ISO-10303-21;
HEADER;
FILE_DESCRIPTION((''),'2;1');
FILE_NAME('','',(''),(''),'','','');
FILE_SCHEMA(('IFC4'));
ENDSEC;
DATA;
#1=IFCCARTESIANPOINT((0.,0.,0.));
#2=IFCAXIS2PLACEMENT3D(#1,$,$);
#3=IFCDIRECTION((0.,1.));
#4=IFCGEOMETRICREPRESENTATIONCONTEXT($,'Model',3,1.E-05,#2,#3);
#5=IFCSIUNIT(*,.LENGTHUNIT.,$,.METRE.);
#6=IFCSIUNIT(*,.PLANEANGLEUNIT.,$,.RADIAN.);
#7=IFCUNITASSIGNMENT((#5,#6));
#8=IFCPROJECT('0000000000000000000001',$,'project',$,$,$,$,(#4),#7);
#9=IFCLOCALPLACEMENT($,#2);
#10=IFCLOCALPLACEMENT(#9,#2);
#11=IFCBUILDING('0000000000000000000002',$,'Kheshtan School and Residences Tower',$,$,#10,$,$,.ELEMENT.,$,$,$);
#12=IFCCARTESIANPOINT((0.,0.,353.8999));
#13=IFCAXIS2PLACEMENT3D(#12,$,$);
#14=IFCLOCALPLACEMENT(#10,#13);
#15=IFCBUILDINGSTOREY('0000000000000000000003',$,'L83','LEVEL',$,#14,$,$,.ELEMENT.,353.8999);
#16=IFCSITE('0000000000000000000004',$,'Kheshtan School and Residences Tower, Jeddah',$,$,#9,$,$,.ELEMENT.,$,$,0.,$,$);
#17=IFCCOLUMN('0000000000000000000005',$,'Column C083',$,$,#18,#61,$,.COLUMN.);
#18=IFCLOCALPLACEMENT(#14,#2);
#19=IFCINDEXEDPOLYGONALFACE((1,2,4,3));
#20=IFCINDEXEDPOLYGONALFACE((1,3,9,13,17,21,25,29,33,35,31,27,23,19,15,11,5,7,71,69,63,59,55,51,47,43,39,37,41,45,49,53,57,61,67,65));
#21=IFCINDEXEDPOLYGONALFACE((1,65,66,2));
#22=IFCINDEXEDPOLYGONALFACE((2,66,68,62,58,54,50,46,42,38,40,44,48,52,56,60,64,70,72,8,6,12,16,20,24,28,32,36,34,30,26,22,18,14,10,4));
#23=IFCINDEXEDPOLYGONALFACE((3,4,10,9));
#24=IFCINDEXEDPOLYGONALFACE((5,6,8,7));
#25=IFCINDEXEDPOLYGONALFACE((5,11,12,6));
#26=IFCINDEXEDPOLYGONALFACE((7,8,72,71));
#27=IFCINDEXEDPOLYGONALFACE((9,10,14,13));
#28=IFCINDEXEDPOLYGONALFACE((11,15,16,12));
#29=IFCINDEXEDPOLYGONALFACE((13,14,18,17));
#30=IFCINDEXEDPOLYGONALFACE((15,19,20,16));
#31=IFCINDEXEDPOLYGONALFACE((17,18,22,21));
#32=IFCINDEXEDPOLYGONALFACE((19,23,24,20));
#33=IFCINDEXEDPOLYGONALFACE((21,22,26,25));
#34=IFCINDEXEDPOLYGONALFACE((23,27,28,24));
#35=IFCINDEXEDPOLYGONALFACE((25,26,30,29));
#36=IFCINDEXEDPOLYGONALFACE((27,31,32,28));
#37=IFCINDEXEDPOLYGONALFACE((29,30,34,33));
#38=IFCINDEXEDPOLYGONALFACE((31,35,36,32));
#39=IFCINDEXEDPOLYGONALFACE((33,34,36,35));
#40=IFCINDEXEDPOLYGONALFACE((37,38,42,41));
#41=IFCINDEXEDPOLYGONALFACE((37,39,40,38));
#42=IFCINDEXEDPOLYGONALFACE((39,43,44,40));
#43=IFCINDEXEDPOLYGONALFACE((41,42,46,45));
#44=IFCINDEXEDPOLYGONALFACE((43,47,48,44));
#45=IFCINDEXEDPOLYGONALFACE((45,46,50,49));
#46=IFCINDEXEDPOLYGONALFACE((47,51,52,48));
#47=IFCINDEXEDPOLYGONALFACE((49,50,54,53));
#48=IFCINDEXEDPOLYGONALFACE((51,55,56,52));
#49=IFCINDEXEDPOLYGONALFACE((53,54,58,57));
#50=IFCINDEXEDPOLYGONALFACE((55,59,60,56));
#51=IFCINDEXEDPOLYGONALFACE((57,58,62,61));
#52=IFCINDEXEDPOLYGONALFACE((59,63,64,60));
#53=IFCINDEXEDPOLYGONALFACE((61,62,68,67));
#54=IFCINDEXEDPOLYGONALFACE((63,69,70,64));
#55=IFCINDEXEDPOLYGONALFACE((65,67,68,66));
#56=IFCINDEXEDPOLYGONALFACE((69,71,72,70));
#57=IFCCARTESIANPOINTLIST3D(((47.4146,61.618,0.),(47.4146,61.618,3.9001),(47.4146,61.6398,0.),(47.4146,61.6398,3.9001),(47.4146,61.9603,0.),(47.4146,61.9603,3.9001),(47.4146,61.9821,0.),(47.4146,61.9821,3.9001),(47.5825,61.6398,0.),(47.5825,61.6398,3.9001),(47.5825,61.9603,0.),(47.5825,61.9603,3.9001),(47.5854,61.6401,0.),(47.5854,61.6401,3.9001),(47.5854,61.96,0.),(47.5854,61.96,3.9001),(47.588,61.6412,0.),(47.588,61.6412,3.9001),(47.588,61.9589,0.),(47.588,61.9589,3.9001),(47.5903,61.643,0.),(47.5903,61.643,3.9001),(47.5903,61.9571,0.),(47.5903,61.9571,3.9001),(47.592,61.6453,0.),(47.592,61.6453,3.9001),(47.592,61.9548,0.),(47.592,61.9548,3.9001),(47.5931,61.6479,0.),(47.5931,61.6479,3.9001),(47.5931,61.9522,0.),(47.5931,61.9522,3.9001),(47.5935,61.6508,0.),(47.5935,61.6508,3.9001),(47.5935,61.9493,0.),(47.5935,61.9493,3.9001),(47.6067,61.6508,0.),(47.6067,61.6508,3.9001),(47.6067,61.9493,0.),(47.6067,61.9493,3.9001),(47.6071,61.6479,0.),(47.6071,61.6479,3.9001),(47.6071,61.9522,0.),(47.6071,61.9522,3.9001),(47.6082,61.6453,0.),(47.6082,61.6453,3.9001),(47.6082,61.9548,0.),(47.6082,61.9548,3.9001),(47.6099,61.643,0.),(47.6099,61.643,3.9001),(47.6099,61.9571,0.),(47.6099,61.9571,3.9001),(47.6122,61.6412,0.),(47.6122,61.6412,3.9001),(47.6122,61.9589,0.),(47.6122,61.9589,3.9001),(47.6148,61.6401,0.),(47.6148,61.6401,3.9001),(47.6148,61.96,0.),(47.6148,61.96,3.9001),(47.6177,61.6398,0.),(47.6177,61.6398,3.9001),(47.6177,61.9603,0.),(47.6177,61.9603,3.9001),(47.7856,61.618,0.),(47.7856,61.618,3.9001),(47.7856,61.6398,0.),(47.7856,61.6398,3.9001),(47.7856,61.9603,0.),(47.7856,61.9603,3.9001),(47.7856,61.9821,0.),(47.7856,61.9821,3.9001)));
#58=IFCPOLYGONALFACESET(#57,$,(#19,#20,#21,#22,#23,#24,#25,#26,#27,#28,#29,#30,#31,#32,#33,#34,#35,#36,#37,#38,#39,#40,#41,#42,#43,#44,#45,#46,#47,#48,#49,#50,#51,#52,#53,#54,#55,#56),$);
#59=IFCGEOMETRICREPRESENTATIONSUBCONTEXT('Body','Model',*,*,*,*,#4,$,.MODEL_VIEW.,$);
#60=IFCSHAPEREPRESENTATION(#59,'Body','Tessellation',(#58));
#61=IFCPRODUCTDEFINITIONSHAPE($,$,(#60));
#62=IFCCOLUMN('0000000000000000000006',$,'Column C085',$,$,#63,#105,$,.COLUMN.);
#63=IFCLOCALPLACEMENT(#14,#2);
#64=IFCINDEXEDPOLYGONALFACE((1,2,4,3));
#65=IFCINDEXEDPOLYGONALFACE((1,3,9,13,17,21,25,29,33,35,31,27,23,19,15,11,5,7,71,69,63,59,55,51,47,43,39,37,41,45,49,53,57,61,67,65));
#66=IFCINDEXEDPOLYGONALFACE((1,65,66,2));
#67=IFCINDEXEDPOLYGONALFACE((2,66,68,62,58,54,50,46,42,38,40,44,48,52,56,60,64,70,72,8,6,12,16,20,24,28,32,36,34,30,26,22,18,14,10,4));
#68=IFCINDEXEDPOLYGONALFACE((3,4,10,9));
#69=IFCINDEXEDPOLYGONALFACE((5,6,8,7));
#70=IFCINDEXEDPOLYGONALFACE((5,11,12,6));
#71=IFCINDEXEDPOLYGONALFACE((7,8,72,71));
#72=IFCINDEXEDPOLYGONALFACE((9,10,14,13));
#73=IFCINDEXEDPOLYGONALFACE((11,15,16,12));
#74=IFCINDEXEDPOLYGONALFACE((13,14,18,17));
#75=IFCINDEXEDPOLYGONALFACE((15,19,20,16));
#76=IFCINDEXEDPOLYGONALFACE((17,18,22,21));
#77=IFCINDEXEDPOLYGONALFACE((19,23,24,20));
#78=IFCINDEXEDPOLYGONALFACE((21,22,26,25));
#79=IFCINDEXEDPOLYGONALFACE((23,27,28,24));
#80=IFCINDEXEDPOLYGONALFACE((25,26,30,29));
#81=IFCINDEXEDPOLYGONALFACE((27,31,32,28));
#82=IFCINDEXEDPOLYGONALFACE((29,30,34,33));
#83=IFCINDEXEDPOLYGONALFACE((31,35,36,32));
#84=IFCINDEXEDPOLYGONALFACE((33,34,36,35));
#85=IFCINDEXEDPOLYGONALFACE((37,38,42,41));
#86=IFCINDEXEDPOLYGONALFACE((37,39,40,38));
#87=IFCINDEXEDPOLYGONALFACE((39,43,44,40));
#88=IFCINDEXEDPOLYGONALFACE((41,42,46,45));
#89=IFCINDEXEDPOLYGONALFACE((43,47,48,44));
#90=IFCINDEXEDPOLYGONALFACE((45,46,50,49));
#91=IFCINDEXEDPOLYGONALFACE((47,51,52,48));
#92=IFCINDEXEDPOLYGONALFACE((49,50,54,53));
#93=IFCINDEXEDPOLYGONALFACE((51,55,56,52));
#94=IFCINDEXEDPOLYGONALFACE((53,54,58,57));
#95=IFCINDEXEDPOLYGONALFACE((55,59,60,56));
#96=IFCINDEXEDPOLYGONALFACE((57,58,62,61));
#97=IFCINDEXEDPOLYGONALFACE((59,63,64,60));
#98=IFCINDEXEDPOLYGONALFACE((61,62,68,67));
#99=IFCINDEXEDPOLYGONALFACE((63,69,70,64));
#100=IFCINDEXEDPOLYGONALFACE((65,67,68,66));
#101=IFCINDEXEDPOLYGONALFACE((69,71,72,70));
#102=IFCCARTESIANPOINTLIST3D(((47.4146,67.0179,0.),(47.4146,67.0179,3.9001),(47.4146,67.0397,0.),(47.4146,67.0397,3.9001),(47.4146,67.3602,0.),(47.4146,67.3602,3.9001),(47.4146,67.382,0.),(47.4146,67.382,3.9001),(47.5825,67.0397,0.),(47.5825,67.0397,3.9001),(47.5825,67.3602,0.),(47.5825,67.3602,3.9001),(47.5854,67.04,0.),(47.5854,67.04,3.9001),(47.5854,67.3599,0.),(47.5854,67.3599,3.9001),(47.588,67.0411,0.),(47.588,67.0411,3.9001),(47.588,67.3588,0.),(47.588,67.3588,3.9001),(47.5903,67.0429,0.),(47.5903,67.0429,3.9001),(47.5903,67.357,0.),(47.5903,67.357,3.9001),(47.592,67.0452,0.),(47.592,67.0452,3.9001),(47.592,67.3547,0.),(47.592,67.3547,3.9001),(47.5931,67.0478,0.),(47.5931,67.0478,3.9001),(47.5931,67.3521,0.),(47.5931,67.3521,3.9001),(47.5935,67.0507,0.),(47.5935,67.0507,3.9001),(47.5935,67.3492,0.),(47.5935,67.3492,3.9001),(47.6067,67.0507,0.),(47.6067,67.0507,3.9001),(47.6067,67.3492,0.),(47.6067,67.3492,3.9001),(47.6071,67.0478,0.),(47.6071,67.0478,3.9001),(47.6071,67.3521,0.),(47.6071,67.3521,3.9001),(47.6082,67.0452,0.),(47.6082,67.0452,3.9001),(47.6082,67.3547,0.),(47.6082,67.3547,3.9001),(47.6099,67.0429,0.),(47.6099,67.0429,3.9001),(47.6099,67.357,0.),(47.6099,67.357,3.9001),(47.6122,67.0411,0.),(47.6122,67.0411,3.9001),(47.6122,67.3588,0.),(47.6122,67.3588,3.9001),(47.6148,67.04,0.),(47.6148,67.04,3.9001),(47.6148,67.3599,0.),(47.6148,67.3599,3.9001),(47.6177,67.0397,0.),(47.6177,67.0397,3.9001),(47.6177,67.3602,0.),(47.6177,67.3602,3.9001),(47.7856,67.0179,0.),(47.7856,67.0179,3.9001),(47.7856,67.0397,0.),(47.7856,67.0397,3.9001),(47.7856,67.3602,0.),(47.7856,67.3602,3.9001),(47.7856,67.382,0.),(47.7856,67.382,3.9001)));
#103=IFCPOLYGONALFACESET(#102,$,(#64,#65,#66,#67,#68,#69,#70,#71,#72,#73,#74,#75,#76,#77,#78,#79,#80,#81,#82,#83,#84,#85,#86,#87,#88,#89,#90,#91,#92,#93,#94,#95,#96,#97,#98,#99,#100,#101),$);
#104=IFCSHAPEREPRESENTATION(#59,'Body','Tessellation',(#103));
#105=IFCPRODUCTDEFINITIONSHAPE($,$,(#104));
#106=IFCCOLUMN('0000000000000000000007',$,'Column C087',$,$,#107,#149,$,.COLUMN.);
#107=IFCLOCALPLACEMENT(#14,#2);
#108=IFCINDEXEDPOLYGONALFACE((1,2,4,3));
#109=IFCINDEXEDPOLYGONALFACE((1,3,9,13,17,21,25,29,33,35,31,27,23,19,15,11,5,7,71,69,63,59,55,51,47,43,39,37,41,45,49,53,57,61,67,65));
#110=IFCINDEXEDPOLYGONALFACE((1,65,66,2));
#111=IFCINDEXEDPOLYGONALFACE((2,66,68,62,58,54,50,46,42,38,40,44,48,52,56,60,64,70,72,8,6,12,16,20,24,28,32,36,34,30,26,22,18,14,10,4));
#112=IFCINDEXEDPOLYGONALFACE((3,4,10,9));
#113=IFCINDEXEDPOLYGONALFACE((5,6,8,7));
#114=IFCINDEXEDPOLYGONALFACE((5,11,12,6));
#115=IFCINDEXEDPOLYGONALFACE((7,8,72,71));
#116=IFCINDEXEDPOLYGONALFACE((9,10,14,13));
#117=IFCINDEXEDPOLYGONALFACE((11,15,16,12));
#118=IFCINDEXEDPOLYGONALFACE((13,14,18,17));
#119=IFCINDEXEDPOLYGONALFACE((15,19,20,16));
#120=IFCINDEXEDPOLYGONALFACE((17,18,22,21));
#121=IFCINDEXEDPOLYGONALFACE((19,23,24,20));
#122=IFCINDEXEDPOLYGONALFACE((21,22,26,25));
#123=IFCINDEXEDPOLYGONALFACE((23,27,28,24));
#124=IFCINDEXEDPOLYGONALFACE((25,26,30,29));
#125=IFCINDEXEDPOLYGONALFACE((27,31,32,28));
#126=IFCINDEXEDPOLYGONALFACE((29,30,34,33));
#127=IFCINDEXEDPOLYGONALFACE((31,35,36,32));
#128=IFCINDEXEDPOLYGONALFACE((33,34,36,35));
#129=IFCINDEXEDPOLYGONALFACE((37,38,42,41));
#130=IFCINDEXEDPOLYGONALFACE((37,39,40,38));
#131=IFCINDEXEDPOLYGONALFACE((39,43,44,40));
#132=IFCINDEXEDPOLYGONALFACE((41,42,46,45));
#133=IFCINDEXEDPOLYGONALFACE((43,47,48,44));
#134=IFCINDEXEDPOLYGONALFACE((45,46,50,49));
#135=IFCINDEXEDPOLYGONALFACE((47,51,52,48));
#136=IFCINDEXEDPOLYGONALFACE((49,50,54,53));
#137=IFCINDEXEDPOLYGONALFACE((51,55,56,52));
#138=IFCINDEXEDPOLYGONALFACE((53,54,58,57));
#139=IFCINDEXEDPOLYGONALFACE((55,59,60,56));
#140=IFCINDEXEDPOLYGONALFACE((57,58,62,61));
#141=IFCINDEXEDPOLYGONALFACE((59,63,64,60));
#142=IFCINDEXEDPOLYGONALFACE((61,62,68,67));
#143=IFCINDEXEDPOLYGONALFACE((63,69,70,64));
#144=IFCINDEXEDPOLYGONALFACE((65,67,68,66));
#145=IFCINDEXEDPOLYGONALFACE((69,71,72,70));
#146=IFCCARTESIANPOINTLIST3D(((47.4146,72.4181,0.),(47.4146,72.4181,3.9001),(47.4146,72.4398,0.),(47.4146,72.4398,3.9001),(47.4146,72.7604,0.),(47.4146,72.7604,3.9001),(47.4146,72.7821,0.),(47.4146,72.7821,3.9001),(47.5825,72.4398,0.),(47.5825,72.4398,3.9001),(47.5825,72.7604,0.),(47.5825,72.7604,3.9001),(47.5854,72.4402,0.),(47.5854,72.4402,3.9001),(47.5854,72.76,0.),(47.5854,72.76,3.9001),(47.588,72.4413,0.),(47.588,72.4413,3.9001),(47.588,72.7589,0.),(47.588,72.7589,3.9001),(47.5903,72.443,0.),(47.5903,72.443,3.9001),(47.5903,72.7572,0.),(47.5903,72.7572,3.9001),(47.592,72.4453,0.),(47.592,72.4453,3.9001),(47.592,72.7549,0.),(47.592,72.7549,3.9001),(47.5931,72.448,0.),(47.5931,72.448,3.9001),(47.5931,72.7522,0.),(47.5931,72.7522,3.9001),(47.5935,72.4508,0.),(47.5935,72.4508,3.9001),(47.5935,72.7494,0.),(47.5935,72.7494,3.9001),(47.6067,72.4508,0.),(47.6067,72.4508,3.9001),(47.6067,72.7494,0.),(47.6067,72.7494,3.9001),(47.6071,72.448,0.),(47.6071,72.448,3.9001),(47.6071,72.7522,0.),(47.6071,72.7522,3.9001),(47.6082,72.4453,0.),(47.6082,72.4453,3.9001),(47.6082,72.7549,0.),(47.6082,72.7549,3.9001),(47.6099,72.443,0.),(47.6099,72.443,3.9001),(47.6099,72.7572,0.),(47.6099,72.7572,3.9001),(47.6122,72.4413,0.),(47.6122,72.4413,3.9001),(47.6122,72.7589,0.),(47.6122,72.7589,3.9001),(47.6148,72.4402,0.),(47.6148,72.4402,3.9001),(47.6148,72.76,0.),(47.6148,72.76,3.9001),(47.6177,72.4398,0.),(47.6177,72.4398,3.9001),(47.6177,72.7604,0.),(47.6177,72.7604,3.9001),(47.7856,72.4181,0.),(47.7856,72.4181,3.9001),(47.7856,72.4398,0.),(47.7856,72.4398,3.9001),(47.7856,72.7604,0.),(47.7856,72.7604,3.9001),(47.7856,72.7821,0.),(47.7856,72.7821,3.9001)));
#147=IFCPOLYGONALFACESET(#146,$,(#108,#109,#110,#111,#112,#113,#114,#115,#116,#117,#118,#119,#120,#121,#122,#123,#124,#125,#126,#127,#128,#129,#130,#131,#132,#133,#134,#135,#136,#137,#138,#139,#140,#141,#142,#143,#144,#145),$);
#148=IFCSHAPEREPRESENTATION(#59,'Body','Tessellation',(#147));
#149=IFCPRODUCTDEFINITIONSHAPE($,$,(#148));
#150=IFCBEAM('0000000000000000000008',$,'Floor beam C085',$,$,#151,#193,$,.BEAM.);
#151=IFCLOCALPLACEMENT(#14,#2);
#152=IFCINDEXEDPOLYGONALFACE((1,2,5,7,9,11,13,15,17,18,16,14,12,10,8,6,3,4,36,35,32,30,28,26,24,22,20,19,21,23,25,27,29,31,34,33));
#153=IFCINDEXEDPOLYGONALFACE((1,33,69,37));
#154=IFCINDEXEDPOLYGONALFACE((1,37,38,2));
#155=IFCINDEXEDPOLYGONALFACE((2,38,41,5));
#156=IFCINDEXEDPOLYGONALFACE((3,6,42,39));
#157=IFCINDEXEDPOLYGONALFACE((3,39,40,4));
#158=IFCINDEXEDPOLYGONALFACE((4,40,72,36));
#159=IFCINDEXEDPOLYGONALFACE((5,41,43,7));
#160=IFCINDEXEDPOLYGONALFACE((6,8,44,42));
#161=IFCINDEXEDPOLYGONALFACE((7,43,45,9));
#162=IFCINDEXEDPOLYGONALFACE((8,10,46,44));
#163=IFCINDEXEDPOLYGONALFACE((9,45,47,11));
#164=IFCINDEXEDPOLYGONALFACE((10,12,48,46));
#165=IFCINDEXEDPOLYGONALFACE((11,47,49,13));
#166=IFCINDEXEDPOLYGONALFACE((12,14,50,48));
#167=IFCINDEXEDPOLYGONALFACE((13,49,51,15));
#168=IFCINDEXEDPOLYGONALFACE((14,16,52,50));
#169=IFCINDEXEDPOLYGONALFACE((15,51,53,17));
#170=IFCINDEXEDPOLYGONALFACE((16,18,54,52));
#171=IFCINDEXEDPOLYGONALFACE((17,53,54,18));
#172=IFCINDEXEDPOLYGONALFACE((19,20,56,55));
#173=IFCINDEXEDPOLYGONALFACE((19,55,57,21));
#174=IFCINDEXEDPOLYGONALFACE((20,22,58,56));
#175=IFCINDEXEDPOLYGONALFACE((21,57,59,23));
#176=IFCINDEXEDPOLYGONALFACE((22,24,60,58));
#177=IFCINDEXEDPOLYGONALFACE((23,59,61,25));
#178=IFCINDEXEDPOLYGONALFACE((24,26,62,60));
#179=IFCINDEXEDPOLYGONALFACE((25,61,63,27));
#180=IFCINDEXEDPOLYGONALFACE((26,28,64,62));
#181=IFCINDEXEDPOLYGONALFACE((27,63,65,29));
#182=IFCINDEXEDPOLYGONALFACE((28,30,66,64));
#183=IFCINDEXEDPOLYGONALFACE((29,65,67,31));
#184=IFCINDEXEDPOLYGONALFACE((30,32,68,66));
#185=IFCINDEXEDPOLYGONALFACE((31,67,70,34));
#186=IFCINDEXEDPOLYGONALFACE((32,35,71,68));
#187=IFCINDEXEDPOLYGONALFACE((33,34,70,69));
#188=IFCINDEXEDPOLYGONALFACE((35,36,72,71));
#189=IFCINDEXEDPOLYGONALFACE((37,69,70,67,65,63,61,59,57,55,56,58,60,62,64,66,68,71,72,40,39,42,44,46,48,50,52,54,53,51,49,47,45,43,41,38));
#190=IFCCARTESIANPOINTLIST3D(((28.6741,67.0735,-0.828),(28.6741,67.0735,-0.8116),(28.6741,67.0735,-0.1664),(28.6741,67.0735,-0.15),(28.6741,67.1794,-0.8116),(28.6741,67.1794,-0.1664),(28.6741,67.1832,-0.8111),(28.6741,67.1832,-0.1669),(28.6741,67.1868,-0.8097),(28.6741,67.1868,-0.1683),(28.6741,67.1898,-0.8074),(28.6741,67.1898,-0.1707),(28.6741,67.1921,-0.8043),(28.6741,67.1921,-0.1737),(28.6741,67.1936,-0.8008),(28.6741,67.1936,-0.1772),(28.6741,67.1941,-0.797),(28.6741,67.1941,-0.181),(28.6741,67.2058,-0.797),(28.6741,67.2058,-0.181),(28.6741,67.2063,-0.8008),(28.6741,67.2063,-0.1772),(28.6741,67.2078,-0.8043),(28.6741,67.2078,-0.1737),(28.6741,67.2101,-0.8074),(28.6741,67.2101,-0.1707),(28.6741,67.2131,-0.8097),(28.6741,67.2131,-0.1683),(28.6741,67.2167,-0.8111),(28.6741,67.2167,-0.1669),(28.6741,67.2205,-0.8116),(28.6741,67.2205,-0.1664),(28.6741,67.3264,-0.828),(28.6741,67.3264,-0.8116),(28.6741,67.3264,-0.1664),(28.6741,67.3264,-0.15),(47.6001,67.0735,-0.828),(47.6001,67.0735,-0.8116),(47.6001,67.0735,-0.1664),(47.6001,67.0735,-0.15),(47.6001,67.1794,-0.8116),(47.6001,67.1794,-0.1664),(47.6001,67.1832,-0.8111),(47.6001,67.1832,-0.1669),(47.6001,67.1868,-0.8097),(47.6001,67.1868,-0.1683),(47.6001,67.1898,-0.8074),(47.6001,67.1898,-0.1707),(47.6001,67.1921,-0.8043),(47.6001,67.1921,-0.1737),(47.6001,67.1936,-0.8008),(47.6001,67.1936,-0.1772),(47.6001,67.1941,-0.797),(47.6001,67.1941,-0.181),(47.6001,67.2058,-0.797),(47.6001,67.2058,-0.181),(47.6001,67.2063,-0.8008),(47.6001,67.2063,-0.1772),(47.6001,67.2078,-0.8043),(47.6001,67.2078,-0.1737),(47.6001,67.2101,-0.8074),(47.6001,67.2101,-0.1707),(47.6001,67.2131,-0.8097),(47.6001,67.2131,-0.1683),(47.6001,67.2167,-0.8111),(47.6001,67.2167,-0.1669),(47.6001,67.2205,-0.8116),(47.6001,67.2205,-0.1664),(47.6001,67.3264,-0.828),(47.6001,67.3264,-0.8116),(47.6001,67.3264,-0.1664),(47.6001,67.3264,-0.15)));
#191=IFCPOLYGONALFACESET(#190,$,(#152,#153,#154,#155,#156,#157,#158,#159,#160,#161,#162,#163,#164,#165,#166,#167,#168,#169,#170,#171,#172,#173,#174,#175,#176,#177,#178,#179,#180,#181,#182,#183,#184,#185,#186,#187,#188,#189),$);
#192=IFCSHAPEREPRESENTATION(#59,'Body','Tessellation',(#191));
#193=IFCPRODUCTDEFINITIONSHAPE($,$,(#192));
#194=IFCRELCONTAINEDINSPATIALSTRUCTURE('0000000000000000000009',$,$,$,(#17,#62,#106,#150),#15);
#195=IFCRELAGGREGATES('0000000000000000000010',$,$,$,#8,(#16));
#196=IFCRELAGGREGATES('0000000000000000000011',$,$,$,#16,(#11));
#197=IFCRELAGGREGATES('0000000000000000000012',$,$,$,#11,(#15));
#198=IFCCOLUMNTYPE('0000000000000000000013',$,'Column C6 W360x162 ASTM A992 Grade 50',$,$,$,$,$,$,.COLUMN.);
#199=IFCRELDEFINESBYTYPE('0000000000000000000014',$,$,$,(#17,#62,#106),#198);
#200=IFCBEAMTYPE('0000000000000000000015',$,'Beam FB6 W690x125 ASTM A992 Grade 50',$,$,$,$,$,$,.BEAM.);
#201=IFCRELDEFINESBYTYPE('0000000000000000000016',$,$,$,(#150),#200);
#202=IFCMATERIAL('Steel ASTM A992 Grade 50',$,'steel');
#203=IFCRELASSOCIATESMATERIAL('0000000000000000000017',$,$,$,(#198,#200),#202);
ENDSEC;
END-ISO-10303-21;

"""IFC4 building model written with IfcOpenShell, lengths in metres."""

from ifc_helpers import new_model, si_unit, direction, frame, origin, origin_2d, place, context, subcontext, project, spatial, i_section, extrude, material, material_profile, profile_set, type_object, element, save


model = new_model("IFC4")

# Units and contexts
model_context = context("Model", 3, precision=1e-05, world=origin(), true_north=direction((0.0, 1.0)))
body_context = subcontext(model_context, "Body", "Model", "MODEL_VIEW")
ifc_project = project(units=[si_unit("LENGTHUNIT", "METRE"), si_unit("PLANEANGLEUNIT", "RADIAN")], contexts=[model_context])

# Site, building, storey
site_placement = place(None, origin())
site = spatial("IfcSite", under=ifc_project, at=site_placement, Name="Kheshtan School and Residences Tower, Jeddah", CompositionType="ELEMENT", RefElevation=0.0)
building_placement = place(site_placement, origin())
building = spatial("IfcBuilding", under=site, at=building_placement, Name="Kheshtan School and Residences Tower", CompositionType="ELEMENT")
storey_placement = place(building_placement, frame((0.0, 0.0, 353.8999)))
storey = spatial("IfcBuildingStorey", under=building, at=storey_placement, Name="L83", Description="LEVEL", CompositionType="ELEMENT", Elevation=353.8999)

# Columns
ifc_material_1 = material(Name="Steel ASTM A992 Grade 50", Category="steel")
ifc_material_profile_1 = material_profile(ifc_material_1, i_section(OverallWidth=0.3711, OverallDepth=0.364, WebThickness=0.0132, FlangeThickness=0.0217, FilletRadius=0.011, at=origin_2d()), Name="W360x162")
ifc_profile_set_1 = profile_set([ifc_material_profile_1], Name="Steel ASTM A992 Grade 50")
column_type = type_object("IfcColumnType", Name="Column C6 W360x162 ASTM A992 Grade 50", PredefinedType="COLUMN", material=ifc_profile_set_1)
for number, where, z_axis, x_axis, name in (
    (1, (47.6001, 61.8, 0.0), (0.0, 0.0, 1.0), (1.0, 0.0, 0.0), "Column C083"),
    (2, (47.6001, 67.2, 0.0), (0.0, 0.0, 1.0), (1.0, 0.0, 0.0), "Column C085"),
    (3, (47.6001, 72.6001, 0.0), (0.0, 0.0, 1.0), (1.0, 0.0, 0.0), "Column C087"),
):
    element("IfcColumn", number, at=place(storey_placement, frame(where, z_axis=z_axis, x_axis=x_axis)), inside=storey, type_object=column_type, Name=name, PredefinedType="COLUMN", context=body_context, shape_type="SweptSolid", body=[
        extrude(i_section(OverallWidth=0.3711, OverallDepth=0.364, WebThickness=0.0132, FlangeThickness=0.0217, FilletRadius=0.011, at=origin_2d()), origin(), (0.0, 0.0, 1.0), 3.9001),
    ])

# Beam
ifc_material_profile_2 = material_profile(ifc_material_1, i_section(OverallWidth=0.2529, OverallDepth=0.678, WebThickness=0.0117, FlangeThickness=0.0164, FilletRadius=0.0146, at=origin_2d()), Name="W690x125")
ifc_profile_set_2 = profile_set([ifc_material_profile_2], Name="Steel ASTM A992 Grade 50")
beam_type_1 = type_object("IfcBeamType", Name="Beam FB6 W690x125 ASTM A992 Grade 50", PredefinedType="BEAM", material=ifc_profile_set_2)
beam_1_placement = place(storey_placement, frame((47.6001, 67.2, -0.489), z_axis=(-1.0, 0.0, 0.0), x_axis=(0.0, -1.0, 0.0)))
element("IfcBeam", 4, at=beam_1_placement, inside=storey, type_object=beam_type_1, Name="Floor beam C085", PredefinedType="BEAM", context=body_context, shape_type="SweptSolid", body=[
    extrude(i_section(OverallWidth=0.2529, OverallDepth=0.678, WebThickness=0.0117, FlangeThickness=0.0164, FilletRadius=0.0146, at=origin_2d()), origin(), (0.0, 0.0, 1.0), 18.926),
])

save(model, "model.ifc")
